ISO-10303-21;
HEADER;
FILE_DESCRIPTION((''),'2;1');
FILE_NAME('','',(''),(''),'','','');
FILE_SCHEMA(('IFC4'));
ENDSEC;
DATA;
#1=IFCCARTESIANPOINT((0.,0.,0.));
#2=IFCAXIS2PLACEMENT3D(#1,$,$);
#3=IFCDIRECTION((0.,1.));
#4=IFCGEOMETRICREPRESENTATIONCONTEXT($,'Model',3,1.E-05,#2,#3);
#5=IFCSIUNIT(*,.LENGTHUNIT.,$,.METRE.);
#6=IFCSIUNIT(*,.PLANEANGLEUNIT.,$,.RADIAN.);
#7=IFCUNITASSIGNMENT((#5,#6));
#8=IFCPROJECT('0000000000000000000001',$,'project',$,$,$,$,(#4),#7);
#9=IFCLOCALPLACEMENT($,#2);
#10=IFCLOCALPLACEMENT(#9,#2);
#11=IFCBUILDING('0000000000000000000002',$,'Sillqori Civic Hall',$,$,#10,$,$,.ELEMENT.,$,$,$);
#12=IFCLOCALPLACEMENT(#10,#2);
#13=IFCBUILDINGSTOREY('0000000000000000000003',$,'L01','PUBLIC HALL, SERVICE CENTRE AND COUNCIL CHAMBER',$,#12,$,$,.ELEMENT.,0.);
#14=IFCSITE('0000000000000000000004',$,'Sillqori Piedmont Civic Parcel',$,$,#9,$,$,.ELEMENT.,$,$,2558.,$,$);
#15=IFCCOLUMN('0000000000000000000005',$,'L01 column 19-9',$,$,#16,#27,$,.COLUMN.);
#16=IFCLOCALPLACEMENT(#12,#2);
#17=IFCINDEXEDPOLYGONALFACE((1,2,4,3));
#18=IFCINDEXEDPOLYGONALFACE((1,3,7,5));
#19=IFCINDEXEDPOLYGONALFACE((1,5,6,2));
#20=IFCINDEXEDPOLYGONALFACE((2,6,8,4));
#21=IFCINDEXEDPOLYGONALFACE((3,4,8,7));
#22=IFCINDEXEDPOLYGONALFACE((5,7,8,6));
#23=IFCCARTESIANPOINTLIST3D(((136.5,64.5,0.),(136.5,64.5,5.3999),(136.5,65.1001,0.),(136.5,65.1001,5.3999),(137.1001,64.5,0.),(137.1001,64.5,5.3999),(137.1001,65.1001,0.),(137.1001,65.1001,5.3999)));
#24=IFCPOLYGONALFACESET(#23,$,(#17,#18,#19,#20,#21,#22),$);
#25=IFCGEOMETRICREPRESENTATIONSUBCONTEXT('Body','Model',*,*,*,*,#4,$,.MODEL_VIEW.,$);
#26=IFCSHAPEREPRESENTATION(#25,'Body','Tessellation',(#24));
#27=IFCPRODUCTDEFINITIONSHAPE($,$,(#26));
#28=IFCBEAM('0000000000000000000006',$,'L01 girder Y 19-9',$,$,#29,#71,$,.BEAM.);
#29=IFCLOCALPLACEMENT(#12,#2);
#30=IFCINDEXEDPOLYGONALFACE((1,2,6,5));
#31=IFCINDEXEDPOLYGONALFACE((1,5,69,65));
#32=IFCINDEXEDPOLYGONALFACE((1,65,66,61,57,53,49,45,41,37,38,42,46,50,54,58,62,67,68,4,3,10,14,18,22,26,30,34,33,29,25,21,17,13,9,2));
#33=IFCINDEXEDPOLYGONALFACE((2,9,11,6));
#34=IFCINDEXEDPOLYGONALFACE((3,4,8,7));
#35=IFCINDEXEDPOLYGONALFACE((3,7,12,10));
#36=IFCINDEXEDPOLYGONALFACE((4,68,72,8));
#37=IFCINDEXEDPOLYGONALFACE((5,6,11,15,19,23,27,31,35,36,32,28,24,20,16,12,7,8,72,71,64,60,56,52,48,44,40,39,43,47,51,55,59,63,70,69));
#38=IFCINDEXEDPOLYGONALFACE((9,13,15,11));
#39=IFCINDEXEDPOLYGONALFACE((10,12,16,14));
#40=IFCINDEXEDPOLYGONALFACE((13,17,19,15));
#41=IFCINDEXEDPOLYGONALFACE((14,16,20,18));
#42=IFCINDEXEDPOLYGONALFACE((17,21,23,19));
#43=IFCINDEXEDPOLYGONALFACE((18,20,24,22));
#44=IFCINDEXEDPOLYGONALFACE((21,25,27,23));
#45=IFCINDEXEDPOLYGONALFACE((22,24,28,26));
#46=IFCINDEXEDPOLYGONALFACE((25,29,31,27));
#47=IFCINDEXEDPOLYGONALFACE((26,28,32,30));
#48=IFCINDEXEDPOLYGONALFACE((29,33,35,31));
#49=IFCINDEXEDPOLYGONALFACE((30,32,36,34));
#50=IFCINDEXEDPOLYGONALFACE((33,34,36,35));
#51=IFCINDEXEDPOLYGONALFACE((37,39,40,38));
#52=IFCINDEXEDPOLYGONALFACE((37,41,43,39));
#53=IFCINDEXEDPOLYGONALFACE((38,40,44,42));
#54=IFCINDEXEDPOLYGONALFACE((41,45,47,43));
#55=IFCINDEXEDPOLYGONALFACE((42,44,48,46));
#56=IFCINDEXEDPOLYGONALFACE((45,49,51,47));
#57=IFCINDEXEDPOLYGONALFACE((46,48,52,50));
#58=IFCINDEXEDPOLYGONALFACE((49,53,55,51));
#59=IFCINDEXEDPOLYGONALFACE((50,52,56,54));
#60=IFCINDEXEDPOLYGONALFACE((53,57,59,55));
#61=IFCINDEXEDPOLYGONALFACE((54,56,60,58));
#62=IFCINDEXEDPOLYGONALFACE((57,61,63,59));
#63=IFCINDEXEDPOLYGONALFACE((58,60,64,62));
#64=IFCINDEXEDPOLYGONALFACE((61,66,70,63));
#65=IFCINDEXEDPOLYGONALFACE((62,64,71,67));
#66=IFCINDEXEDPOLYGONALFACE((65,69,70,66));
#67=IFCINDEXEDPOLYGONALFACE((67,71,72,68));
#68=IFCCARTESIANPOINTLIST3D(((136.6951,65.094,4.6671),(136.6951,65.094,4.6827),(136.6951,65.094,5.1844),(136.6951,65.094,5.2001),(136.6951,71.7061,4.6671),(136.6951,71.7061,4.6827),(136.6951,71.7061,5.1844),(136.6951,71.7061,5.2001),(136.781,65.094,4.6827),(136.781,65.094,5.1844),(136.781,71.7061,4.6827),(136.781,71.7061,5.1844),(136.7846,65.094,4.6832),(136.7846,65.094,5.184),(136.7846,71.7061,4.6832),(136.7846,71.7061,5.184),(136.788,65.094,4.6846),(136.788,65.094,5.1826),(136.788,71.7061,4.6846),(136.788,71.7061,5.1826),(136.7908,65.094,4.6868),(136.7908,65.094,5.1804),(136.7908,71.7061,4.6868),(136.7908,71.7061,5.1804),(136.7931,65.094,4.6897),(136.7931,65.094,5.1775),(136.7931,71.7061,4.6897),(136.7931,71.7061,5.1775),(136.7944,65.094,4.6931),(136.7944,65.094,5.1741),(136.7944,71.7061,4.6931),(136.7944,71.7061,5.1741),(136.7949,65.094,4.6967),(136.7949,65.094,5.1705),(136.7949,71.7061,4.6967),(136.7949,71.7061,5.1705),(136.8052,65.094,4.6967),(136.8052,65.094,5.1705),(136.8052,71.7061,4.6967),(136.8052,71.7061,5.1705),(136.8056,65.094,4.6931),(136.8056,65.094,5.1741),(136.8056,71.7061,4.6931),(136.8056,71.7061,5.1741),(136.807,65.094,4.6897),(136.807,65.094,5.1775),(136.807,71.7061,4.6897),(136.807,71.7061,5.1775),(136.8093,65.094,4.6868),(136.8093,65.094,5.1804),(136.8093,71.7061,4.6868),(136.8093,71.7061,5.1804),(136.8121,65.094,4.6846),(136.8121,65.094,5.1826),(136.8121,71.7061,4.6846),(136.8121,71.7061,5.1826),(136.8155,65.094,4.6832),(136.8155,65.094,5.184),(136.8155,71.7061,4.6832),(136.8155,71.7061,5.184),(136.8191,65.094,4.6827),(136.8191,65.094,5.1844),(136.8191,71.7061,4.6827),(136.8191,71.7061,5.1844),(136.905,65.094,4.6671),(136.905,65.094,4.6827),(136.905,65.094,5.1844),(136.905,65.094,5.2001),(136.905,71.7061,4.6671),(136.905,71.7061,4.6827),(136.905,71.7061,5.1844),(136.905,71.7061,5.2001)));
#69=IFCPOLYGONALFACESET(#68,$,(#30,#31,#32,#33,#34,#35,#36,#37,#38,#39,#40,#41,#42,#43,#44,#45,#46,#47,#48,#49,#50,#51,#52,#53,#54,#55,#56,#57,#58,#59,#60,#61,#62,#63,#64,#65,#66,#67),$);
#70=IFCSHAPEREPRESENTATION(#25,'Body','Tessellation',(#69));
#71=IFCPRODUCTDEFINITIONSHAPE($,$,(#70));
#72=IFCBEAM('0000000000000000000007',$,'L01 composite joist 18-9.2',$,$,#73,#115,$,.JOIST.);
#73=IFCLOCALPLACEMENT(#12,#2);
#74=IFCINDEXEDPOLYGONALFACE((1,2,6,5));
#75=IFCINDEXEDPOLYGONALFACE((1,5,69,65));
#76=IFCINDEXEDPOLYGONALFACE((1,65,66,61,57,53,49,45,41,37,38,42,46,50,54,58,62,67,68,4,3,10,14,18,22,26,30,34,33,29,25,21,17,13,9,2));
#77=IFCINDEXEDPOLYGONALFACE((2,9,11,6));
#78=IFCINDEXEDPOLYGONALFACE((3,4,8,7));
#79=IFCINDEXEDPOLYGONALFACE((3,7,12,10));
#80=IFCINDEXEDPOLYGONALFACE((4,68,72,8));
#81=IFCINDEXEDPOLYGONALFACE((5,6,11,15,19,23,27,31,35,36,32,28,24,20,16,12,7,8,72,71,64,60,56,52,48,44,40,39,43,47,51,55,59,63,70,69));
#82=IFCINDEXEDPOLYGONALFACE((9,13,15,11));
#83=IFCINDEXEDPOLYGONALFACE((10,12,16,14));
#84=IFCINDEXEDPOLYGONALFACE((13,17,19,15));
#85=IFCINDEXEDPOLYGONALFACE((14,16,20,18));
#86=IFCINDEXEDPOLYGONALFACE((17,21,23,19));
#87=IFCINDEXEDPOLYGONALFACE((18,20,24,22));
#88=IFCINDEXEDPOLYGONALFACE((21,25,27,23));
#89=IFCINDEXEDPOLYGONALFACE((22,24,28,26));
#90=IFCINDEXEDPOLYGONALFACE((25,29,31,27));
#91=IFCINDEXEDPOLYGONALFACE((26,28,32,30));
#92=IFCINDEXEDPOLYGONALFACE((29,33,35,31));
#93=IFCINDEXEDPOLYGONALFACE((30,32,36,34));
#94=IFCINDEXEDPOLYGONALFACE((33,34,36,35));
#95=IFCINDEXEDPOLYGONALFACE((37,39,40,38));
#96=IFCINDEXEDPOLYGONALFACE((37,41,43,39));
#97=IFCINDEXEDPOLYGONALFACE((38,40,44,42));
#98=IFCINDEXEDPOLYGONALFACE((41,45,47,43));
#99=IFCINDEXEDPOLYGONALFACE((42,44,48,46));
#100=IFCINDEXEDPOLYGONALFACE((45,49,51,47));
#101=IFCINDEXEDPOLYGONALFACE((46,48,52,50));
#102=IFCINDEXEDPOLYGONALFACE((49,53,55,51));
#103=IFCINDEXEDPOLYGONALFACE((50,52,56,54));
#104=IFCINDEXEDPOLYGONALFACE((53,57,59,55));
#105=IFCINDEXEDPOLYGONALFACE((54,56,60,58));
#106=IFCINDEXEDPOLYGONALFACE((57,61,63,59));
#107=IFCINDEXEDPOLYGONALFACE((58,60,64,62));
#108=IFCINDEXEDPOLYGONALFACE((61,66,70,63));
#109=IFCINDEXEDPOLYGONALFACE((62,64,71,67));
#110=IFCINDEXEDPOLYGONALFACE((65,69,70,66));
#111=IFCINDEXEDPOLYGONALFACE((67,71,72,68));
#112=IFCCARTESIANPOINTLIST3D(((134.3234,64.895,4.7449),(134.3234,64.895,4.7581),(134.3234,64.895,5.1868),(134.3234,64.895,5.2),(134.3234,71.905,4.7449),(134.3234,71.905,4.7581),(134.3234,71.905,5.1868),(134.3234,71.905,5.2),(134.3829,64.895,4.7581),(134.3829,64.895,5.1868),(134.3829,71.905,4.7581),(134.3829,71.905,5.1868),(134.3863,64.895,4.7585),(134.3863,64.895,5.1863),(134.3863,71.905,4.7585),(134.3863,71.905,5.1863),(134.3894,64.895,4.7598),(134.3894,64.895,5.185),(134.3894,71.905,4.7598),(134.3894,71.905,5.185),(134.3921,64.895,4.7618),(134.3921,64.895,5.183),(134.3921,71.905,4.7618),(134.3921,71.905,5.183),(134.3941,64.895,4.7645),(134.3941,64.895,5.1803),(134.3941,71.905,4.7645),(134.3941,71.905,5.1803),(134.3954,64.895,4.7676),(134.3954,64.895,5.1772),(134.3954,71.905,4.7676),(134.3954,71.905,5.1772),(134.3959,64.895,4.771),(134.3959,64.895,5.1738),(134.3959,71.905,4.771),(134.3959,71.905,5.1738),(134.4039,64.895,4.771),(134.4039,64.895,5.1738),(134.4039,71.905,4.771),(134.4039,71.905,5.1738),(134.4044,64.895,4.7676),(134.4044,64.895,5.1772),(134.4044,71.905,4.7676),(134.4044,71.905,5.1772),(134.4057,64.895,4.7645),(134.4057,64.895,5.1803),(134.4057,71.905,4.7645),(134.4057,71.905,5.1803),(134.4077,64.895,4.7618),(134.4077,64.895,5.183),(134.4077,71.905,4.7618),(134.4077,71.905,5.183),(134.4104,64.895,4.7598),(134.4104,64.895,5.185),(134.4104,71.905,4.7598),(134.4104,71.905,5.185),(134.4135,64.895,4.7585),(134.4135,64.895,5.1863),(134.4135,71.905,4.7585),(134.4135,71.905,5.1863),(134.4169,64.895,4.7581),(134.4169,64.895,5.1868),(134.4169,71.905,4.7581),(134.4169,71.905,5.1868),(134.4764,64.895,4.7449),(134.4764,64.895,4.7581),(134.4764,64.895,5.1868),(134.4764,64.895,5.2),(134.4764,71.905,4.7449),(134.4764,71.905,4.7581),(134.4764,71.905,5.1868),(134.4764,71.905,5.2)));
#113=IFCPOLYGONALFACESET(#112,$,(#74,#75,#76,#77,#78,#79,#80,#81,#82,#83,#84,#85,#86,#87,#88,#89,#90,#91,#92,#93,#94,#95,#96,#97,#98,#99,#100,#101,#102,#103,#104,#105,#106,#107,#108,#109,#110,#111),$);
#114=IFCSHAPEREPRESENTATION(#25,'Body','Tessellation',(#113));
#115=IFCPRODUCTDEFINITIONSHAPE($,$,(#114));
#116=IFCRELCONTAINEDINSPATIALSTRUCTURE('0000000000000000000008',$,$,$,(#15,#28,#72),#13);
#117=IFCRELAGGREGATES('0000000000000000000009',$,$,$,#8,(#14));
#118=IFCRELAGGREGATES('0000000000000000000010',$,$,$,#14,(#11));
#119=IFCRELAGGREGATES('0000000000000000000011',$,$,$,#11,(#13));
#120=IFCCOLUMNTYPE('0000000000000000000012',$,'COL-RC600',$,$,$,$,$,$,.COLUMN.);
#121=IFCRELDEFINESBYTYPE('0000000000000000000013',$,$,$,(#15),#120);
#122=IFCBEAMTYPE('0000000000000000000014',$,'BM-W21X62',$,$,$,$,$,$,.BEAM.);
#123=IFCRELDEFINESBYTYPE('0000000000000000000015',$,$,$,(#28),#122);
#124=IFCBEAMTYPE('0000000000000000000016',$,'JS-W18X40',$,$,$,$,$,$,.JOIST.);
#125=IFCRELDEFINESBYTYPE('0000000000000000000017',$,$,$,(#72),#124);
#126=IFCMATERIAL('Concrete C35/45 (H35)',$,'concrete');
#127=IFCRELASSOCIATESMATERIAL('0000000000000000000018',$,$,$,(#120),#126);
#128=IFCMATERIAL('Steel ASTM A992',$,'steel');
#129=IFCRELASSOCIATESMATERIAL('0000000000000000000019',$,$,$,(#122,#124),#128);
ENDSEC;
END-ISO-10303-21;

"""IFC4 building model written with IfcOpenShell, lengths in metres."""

from ifc_helpers import new_model, si_unit, direction, frame, origin, origin_2d, place, context, subcontext, project, spatial, rectangle, i_section, extrude, material, material_profile, profile_set, type_object, element, save


model = new_model("IFC4")

# Units and contexts
model_context = context("Model", 3, precision=1e-05, world=origin(), true_north=direction((0.0, 1.0)))
body_context = subcontext(model_context, "Body", "Model", "MODEL_VIEW")
ifc_project = project(units=[si_unit("LENGTHUNIT", "METRE"), si_unit("PLANEANGLEUNIT", "RADIAN")], contexts=[model_context])

# Site, building, storey
site_placement = place(None, origin())
site = spatial("IfcSite", under=ifc_project, at=site_placement, Name="Sillqori Piedmont Civic Parcel", CompositionType="ELEMENT", RefElevation=2558.0)
building_placement = place(site_placement, origin())
building = spatial("IfcBuilding", under=site, at=building_placement, Name="Sillqori Civic Hall", CompositionType="ELEMENT")
storey_placement = place(building_placement, origin())
storey = spatial("IfcBuildingStorey", under=building, at=storey_placement, Name="L01", Description="PUBLIC HALL, SERVICE CENTRE AND COUNCIL CHAMBER", CompositionType="ELEMENT", Elevation=0.0)

# Column
ifc_material_1 = material(Name="Concrete C35/45 (H35)", Category="concrete")
ifc_material_profile_1 = material_profile(ifc_material_1, rectangle(XDim=0.6001, YDim=0.6001, at=origin_2d()), Name="RC 600x600")
ifc_profile_set_1 = profile_set([ifc_material_profile_1], Name="Concrete C35/45 (H35)")
column_type = type_object("IfcColumnType", Name="COL-RC600", PredefinedType="COLUMN", material=ifc_profile_set_1)
column_placement = place(storey_placement, frame((136.8, 64.8, 0.0), z_axis=(0.0, 0.0, 1.0), x_axis=(1.0, 0.0, 0.0)))
element("IfcColumn", 1, at=column_placement, inside=storey, type_object=column_type, Name="L01 column 19-9", PredefinedType="COLUMN", context=body_context, shape_type="SweptSolid", body=[
    extrude(rectangle(XDim=0.6001, YDim=0.6001, at=origin_2d()), origin(), (0.0, 0.0, 1.0), 5.3999),
])

# Beam
ifc_material_2 = material(Name="Steel ASTM A992", Category="steel")
ifc_material_profile_2 = material_profile(ifc_material_2, i_section(OverallWidth=0.21, OverallDepth=0.533, WebThickness=0.0103, FlangeThickness=0.0156, FilletRadius=0.0139, at=origin_2d()), Name="W21X62")
ifc_profile_set_2 = profile_set([ifc_material_profile_2], Name="Steel ASTM A992")
beam_type_1 = type_object("IfcBeamType", Name="BM-W21X62", PredefinedType="BEAM", material=ifc_profile_set_2)
beam_1_placement = place(storey_placement, frame((136.8, 65.094, 4.9336), z_axis=(0.0, 1.0, 0.0), x_axis=(-1.0, 0.0, 0.0)))
element("IfcBeam", 2, at=beam_1_placement, inside=storey, type_object=beam_type_1, Name="L01 girder Y 19-9", PredefinedType="BEAM", context=body_context, shape_type="SweptSolid", body=[
    extrude(i_section(OverallWidth=0.21, OverallDepth=0.533, WebThickness=0.0103, FlangeThickness=0.0156, FilletRadius=0.0139, at=origin_2d()), origin(), (0.0, 0.0, 1.0), 6.6121),
])

# Beam
ifc_material_profile_3 = material_profile(ifc_material_2, i_section(OverallWidth=0.1531, OverallDepth=0.4551, WebThickness=0.0081, FlangeThickness=0.0132, FilletRadius=0.0129, at=origin_2d()), Name="W18X40")
ifc_profile_set_3 = profile_set([ifc_material_profile_3], Name="Steel ASTM A992")
beam_type_2 = type_object("IfcBeamType", Name="JS-W18X40", PredefinedType="JOIST", material=ifc_profile_set_3)
beam_2_placement = place(storey_placement, frame((134.3999, 64.895, 4.9724), z_axis=(0.0, 1.0, 0.0), x_axis=(-1.0, 0.0, 0.0)))
element("IfcBeam", 3, at=beam_2_placement, inside=storey, type_object=beam_type_2, Name="L01 composite joist 18-9.2", PredefinedType="JOIST", context=body_context, shape_type="SweptSolid", body=[
    extrude(i_section(OverallWidth=0.1531, OverallDepth=0.4551, WebThickness=0.0081, FlangeThickness=0.0132, FilletRadius=0.0129, at=origin_2d()), origin(), (0.0, 0.0, 1.0), 7.01),
])

save(model, "model.ifc")
